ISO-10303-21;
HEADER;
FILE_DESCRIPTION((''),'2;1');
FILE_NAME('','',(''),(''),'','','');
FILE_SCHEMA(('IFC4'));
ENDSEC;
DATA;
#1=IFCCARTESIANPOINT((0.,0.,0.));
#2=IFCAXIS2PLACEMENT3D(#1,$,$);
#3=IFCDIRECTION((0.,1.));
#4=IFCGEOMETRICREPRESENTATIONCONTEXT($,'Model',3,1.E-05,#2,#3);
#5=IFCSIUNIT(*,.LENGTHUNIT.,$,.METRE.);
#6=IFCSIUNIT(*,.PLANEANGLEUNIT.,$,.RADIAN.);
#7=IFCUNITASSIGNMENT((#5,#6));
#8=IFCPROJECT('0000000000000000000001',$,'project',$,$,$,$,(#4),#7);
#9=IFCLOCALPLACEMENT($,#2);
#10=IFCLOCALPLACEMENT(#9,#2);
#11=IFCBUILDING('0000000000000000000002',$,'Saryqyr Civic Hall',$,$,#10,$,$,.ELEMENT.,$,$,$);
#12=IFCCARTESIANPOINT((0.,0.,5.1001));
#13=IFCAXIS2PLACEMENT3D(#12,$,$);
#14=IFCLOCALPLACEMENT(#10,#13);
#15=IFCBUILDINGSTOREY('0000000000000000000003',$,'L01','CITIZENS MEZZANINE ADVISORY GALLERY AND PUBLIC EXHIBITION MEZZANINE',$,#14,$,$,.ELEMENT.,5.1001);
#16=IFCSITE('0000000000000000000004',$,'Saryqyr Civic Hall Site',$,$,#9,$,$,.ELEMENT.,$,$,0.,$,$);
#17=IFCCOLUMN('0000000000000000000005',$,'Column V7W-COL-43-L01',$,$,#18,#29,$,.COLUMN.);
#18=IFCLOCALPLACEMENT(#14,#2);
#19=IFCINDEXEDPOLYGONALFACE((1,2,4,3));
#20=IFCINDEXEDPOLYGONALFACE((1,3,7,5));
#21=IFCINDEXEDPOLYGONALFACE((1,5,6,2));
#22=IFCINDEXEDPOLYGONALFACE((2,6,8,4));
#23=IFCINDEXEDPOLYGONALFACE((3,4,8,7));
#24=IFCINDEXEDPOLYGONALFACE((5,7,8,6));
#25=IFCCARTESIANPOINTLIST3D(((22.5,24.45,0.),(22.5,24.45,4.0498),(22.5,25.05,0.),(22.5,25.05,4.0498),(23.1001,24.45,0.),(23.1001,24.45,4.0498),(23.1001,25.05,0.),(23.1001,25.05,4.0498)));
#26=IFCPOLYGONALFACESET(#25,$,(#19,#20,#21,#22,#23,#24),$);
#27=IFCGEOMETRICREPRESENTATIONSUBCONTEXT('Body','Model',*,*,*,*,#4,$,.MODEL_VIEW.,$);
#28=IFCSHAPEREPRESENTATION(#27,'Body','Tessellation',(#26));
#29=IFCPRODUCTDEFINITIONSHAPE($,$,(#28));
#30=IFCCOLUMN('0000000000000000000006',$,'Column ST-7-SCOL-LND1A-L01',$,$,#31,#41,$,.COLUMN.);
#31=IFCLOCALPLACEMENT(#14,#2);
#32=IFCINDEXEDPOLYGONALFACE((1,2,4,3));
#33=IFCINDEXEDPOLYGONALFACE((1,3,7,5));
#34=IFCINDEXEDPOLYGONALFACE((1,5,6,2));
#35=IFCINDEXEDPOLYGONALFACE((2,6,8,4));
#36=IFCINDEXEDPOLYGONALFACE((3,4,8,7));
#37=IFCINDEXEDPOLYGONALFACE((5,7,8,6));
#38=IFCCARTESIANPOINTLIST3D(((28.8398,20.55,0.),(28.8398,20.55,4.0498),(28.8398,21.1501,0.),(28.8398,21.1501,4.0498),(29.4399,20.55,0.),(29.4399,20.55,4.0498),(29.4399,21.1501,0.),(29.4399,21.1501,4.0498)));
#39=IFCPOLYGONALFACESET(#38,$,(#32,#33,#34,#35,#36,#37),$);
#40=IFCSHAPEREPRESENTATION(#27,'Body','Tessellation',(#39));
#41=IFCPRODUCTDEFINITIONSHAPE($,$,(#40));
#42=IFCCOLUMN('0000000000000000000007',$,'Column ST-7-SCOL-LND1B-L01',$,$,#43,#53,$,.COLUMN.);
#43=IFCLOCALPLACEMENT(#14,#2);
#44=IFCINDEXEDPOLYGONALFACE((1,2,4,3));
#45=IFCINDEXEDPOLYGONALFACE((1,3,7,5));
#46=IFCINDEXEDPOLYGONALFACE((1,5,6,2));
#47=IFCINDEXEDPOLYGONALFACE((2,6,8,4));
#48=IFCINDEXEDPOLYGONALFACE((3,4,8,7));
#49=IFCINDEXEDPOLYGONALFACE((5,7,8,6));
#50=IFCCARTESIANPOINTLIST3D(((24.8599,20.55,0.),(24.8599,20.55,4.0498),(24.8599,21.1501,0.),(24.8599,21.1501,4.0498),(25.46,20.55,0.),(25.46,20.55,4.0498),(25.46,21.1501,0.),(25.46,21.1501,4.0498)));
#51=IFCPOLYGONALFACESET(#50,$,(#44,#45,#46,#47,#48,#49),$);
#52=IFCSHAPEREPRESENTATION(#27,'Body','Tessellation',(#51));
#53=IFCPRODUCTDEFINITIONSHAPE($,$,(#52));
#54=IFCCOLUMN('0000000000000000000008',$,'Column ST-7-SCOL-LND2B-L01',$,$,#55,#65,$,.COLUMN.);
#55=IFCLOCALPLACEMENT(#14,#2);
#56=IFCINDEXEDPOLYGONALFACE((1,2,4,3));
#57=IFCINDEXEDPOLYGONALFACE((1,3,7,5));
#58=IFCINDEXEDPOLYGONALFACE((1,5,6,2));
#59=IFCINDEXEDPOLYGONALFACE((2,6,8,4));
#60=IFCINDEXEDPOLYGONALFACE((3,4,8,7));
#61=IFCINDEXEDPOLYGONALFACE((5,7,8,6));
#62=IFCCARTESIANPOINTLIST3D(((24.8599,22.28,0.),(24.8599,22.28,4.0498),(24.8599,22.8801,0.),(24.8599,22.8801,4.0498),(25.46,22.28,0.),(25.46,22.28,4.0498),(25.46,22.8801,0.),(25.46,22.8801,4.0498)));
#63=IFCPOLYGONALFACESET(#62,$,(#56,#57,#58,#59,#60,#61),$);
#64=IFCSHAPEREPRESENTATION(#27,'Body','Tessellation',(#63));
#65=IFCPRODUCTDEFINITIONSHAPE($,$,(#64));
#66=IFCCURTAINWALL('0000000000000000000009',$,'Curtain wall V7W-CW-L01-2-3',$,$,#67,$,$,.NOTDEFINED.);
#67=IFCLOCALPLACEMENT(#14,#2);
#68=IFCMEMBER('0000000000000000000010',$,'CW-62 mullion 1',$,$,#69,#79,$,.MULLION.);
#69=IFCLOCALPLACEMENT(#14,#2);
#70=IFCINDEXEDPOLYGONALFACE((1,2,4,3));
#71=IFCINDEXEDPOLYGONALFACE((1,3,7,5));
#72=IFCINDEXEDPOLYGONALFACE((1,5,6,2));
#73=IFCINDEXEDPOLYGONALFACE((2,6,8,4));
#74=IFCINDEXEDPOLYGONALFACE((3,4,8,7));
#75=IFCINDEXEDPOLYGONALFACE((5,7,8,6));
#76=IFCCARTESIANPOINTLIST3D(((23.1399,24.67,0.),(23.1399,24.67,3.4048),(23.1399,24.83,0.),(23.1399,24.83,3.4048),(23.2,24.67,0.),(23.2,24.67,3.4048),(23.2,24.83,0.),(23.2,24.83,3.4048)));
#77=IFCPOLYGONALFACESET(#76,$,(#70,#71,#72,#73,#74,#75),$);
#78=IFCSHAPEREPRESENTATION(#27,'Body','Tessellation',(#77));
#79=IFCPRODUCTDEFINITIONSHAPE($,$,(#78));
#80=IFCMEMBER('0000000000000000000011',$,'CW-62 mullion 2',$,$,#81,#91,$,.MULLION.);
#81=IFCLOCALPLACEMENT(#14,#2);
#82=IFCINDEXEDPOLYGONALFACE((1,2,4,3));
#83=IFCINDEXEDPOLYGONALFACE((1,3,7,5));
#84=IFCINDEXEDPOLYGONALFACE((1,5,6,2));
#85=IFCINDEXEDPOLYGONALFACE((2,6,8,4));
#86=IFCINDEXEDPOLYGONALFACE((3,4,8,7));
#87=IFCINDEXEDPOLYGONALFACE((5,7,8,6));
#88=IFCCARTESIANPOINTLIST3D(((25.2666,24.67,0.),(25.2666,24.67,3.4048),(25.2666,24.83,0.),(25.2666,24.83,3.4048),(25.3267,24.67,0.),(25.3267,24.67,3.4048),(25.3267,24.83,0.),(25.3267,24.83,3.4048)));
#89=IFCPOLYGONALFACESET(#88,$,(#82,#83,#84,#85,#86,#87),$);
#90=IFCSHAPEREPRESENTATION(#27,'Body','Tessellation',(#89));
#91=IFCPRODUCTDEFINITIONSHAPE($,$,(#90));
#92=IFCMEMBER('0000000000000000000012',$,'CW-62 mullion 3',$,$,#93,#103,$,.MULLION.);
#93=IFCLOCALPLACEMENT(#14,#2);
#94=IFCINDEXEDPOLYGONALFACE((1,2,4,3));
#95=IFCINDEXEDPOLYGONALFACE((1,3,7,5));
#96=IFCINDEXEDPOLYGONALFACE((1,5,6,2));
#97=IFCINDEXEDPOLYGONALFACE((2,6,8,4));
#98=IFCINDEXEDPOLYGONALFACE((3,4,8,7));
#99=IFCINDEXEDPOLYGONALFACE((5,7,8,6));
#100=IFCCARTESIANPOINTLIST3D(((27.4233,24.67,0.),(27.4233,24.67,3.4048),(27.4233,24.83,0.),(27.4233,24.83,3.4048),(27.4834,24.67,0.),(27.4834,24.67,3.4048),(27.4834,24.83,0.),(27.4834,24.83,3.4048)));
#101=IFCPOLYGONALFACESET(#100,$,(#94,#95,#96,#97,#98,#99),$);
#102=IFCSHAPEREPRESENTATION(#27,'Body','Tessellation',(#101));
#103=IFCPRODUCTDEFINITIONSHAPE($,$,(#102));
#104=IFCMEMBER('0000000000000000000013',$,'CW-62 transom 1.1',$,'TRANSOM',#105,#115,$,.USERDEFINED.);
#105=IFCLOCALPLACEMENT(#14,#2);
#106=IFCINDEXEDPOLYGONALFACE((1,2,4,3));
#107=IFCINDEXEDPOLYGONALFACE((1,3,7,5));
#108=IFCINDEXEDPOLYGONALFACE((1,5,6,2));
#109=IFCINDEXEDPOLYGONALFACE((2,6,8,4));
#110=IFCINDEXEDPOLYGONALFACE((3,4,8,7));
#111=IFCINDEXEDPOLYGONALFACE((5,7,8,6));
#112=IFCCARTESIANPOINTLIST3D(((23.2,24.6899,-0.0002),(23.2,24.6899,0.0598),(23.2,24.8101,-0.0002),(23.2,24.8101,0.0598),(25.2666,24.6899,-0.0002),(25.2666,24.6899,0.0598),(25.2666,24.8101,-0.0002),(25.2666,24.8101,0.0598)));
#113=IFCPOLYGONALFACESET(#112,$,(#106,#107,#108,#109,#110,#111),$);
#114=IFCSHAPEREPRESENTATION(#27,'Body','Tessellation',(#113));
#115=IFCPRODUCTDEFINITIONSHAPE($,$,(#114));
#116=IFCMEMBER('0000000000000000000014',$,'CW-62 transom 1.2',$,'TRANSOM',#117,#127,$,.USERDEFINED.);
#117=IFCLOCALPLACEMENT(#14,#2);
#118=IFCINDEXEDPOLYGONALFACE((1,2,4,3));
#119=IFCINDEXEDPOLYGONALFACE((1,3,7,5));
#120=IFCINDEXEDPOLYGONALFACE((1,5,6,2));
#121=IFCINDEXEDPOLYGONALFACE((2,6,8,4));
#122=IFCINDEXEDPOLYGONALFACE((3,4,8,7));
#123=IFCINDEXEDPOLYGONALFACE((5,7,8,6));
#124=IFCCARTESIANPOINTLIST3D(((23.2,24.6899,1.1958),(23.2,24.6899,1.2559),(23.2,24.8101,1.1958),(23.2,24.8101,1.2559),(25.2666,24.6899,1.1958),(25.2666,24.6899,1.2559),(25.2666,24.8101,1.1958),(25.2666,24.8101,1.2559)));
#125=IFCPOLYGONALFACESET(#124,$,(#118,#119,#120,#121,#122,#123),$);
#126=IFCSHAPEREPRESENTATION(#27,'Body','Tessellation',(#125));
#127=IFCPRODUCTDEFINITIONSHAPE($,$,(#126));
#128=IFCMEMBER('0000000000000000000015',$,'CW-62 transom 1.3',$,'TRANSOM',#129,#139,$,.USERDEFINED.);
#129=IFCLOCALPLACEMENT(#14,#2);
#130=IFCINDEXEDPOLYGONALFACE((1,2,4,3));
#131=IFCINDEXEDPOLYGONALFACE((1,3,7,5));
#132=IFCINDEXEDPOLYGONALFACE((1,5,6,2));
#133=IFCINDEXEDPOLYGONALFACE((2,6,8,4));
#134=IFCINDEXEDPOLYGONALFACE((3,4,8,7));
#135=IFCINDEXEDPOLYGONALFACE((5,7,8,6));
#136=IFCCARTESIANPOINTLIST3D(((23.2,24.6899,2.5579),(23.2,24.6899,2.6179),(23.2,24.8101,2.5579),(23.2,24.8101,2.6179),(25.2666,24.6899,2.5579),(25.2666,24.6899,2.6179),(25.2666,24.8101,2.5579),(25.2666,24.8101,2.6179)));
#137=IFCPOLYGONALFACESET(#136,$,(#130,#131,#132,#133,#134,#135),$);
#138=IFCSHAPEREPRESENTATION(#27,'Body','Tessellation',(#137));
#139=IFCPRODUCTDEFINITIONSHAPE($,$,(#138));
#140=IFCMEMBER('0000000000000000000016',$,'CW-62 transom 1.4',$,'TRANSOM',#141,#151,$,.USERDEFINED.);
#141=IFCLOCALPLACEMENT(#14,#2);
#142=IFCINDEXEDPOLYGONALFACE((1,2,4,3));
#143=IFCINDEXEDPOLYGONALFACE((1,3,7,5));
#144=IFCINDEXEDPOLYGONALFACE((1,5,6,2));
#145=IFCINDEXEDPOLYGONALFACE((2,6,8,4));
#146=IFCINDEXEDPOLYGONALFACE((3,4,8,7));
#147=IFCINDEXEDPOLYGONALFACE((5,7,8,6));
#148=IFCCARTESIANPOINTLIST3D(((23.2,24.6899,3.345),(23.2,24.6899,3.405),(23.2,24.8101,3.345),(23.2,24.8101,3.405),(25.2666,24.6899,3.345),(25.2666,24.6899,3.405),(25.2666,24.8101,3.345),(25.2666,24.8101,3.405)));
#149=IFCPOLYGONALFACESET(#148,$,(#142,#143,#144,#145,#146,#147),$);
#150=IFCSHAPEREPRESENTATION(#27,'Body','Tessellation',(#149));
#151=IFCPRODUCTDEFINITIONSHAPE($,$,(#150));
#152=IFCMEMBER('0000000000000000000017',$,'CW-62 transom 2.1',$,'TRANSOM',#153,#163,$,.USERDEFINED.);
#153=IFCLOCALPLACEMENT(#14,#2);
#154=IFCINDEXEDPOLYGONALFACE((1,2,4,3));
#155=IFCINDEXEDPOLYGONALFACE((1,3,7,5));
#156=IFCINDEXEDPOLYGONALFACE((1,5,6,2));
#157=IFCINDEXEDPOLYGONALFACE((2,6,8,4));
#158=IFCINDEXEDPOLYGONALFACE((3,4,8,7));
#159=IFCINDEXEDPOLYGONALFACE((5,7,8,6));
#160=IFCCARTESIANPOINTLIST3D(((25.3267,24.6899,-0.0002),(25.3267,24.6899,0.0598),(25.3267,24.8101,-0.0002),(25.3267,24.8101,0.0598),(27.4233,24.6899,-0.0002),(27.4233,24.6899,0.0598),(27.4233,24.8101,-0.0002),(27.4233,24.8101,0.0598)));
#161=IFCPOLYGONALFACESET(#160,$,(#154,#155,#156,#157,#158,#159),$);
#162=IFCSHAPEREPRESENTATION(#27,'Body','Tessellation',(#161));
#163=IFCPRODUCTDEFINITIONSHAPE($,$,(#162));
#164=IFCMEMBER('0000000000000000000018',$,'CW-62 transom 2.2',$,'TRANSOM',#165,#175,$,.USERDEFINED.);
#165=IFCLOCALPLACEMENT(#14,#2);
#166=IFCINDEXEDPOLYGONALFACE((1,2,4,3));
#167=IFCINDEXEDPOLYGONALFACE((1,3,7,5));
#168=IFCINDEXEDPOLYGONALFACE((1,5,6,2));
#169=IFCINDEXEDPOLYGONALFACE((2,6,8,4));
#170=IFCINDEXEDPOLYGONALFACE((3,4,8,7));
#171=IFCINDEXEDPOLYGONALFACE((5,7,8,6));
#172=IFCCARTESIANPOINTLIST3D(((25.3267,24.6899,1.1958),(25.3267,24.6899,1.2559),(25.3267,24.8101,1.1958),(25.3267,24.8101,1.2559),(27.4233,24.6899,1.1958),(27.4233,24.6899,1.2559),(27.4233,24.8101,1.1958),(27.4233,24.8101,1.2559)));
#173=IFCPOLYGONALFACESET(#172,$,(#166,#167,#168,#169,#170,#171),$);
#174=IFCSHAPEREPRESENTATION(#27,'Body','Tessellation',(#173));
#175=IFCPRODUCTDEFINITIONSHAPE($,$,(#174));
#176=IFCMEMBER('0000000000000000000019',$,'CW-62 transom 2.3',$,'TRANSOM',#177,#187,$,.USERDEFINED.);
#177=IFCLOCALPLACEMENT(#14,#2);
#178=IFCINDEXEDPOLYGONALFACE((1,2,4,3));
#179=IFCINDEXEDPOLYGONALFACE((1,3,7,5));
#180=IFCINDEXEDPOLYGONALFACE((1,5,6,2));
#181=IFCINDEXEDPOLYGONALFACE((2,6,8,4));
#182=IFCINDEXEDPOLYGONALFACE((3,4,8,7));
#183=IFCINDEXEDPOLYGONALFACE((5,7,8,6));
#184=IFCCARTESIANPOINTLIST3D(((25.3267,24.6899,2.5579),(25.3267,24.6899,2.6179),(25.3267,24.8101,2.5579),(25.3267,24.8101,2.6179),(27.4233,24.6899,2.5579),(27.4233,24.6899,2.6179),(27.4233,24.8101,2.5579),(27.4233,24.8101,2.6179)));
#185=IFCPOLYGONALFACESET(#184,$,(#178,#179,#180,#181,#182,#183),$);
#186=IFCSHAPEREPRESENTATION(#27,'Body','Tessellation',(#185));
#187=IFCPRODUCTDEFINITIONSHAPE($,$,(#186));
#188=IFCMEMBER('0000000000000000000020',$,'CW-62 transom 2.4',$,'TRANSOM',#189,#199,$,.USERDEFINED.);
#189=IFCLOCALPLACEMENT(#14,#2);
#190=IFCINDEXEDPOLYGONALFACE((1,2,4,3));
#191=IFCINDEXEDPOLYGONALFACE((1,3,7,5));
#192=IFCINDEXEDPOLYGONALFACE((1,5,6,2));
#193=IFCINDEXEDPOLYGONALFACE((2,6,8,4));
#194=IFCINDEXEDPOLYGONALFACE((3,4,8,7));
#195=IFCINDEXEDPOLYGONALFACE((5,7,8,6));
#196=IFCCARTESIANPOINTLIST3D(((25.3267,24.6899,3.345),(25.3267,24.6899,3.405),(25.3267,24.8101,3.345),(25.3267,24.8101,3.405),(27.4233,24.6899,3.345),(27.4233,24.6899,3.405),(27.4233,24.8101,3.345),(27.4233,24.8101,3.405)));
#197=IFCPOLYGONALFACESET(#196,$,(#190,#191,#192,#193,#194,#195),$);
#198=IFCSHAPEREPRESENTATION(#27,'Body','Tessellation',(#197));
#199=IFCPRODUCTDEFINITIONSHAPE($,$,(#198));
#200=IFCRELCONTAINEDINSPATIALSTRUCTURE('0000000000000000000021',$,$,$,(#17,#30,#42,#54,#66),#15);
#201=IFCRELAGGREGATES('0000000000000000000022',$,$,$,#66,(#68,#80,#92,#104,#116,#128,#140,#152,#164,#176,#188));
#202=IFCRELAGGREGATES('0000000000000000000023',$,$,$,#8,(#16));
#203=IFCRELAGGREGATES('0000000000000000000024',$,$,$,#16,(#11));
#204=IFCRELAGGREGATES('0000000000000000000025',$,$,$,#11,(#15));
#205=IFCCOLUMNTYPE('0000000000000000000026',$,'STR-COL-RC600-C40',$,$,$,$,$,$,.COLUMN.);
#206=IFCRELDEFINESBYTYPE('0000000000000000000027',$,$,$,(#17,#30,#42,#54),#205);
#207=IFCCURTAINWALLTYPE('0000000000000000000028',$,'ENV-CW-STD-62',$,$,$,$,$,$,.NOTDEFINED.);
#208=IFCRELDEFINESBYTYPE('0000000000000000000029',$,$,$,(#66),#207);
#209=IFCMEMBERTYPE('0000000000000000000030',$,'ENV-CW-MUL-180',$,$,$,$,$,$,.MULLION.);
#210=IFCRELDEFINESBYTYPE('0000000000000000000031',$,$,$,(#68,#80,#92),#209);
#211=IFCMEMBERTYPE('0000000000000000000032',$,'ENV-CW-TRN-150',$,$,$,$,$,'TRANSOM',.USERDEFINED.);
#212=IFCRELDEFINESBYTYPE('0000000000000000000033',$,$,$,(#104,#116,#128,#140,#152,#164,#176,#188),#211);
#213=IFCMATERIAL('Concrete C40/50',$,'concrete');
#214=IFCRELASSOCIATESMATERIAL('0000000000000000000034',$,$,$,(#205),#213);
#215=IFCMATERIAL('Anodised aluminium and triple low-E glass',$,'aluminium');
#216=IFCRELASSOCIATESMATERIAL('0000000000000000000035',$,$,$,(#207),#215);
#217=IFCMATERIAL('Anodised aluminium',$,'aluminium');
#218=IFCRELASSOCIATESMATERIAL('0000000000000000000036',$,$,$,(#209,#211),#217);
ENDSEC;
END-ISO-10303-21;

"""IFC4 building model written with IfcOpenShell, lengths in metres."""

from ifc_helpers import new_model, si_unit, direction, frame, origin, origin_2d, place, context, subcontext, project, spatial, rectangle, extrude, material, material_profile, profile_set, type_object, element, aggregate, save


model = new_model("IFC4")

# Units and contexts
model_context = context("Model", 3, precision=1e-05, world=origin(), true_north=direction((0.0, 1.0)))
body_context = subcontext(model_context, "Body", "Model", "MODEL_VIEW")
ifc_project = project(units=[si_unit("LENGTHUNIT", "METRE"), si_unit("PLANEANGLEUNIT", "RADIAN")], contexts=[model_context])

# Site, building, storey
site_placement = place(None, origin())
site = spatial("IfcSite", under=ifc_project, at=site_placement, Name="Saryqyr Civic Hall Site", CompositionType="ELEMENT", RefElevation=0.0)
building_placement = place(site_placement, origin())
building = spatial("IfcBuilding", under=site, at=building_placement, Name="Saryqyr Civic Hall", CompositionType="ELEMENT")
storey_placement = place(building_placement, frame((0.0, 0.0, 5.1001)))
storey = spatial("IfcBuildingStorey", under=building, at=storey_placement, Name="L01", Description="CITIZENS MEZZANINE ADVISORY GALLERY AND PUBLIC EXHIBITION MEZZANINE", CompositionType="ELEMENT", Elevation=5.1001)

# Columns
ifc_material_1 = material(Name="Concrete C40/50", Category="concrete")
ifc_material_profile_1 = material_profile(ifc_material_1, rectangle(XDim=0.6001, YDim=0.6001, at=origin_2d()), Name="RC 600x600")
ifc_profile_set_1 = profile_set([ifc_material_profile_1], Name="Concrete C40/50")
column_type = type_object("IfcColumnType", Name="STR-COL-RC600-C40", PredefinedType="COLUMN", material=ifc_profile_set_1)
for number, where, z_axis, x_axis, name in (
    (1, (22.8, 24.75, 0.0), (0.0, 0.0, 1.0), (1.0, 0.0, 0.0), "Column V7W-COL-43-L01"),
    (2, (29.1399, 20.8501, 0.0), (0.0, 0.0, 1.0), (1.0, 0.0, 0.0), "Column ST-7-SCOL-LND1A-L01"),
    (3, (25.1599, 20.8501, 0.0), (0.0, 0.0, 1.0), (1.0, 0.0, 0.0), "Column ST-7-SCOL-LND1B-L01"),
    (4, (25.1599, 22.5801, 0.0), (0.0, 0.0, 1.0), (1.0, 0.0, 0.0), "Column ST-7-SCOL-LND2B-L01"),
):
    element("IfcColumn", number, at=place(storey_placement, frame(where, z_axis=z_axis, x_axis=x_axis)), inside=storey, type_object=column_type, Name=name, PredefinedType="COLUMN", context=body_context, shape_type="SweptSolid", body=[
        extrude(rectangle(XDim=0.6001, YDim=0.6001, at=origin_2d()), origin(), (0.0, 0.0, 1.0), 4.0498),
    ])

# Curtain wall, members
ifc_material_2 = material(Name="Anodised aluminium and triple low-E glass", Category="aluminium")
curtain_wall_type = type_object("IfcCurtainWallType", Name="ENV-CW-STD-62", PredefinedType="NOTDEFINED", material=ifc_material_2)
curtain_wall_placement = place(storey_placement, origin())
curtain_wall = element("IfcCurtainWall", 5, at=curtain_wall_placement, inside=storey, type_object=curtain_wall_type, Name="Curtain wall V7W-CW-L01-2-3", PredefinedType="NOTDEFINED")
ifc_material_3 = material(Name="Anodised aluminium", Category="aluminium")
ifc_material_profile_2 = material_profile(ifc_material_3, rectangle(XDim=0.0601, YDim=0.1599, at=origin_2d()), Name="ALU MULLION 60x160")
ifc_profile_set_2 = profile_set([ifc_material_profile_2], Name="Anodised aluminium")
member_type_1 = type_object("IfcMemberType", Name="ENV-CW-MUL-180", PredefinedType="MULLION", material=ifc_profile_set_2)
member_1_placement = place(storey_placement, frame((23.1699, 24.75, 0.0), z_axis=(0.0, 0.0, 1.0), x_axis=(1.0, 0.0, 0.0)))
member_1 = element("IfcMember", 6, at=member_1_placement, type_object=member_type_1, Name="CW-62 mullion 1", PredefinedType="MULLION", context=body_context, shape_type="SweptSolid", body=[
    extrude(rectangle(XDim=0.0601, YDim=0.1599, at=origin_2d()), origin(), (0.0, 0.0, 1.0), 3.4048),
])
member_2_placement = place(storey_placement, frame((25.2966, 24.75, 0.0), z_axis=(0.0, 0.0, 1.0), x_axis=(1.0, 0.0, 0.0)))
member_2 = element("IfcMember", 7, at=member_2_placement, type_object=member_type_1, Name="CW-62 mullion 2", PredefinedType="MULLION", context=body_context, shape_type="SweptSolid", body=[
    extrude(rectangle(XDim=0.0601, YDim=0.1599, at=origin_2d()), origin(), (0.0, 0.0, 1.0), 3.4048),
])
member_3_placement = place(storey_placement, frame((27.4534, 24.75, 0.0), z_axis=(0.0, 0.0, 1.0), x_axis=(1.0, 0.0, 0.0)))
member_3 = element("IfcMember", 8, at=member_3_placement, type_object=member_type_1, Name="CW-62 mullion 3", PredefinedType="MULLION", context=body_context, shape_type="SweptSolid", body=[
    extrude(rectangle(XDim=0.0601, YDim=0.1599, at=origin_2d()), origin(), (0.0, 0.0, 1.0), 3.4048),
])
ifc_material_profile_3 = material_profile(ifc_material_3, rectangle(XDim=0.1201, YDim=0.0601, at=origin_2d()), Name="ALU TRANSOM 120x60")
ifc_profile_set_3 = profile_set([ifc_material_profile_3], Name="Anodised aluminium")
member_type_2 = type_object("IfcMemberType", Name="ENV-CW-TRN-150", ElementType="TRANSOM", PredefinedType="USERDEFINED", material=ifc_profile_set_3)
member_4_placement = place(storey_placement, frame((23.2, 24.75, 0.0298), z_axis=(1.0, 0.0, 0.0), x_axis=(0.0, 1.0, 0.0)))
member_4 = element("IfcMember", 9, at=member_4_placement, type_object=member_type_2, Name="CW-62 transom 1.1", ObjectType="TRANSOM", PredefinedType="USERDEFINED", context=body_context, shape_type="SweptSolid", body=[
    extrude(rectangle(XDim=0.1201, YDim=0.0601, at=origin_2d()), origin(), (0.0, 0.0, 1.0), 2.0667),
])
member_5_placement = place(storey_placement, frame((23.2, 24.75, 1.2258), z_axis=(1.0, 0.0, 0.0), x_axis=(0.0, 1.0, 0.0)))
member_5 = element("IfcMember", 10, at=member_5_placement, type_object=member_type_2, Name="CW-62 transom 1.2", ObjectType="TRANSOM", PredefinedType="USERDEFINED", context=body_context, shape_type="SweptSolid", body=[
    extrude(rectangle(XDim=0.1201, YDim=0.0601, at=origin_2d()), origin(), (0.0, 0.0, 1.0), 2.0667),
])
member_6_placement = place(storey_placement, frame((23.2, 24.75, 2.5879), z_axis=(1.0, 0.0, 0.0), x_axis=(0.0, 1.0, 0.0)))
member_6 = element("IfcMember", 11, at=member_6_placement, type_object=member_type_2, Name="CW-62 transom 1.3", ObjectType="TRANSOM", PredefinedType="USERDEFINED", context=body_context, shape_type="SweptSolid", body=[
    extrude(rectangle(XDim=0.1201, YDim=0.0601, at=origin_2d()), origin(), (0.0, 0.0, 1.0), 2.0667),
])
member_7_placement = place(storey_placement, frame((23.2, 24.75, 3.375), z_axis=(1.0, 0.0, 0.0), x_axis=(0.0, 1.0, 0.0)))
member_7 = element("IfcMember", 12, at=member_7_placement, type_object=member_type_2, Name="CW-62 transom 1.4", ObjectType="TRANSOM", PredefinedType="USERDEFINED", context=body_context, shape_type="SweptSolid", body=[
    extrude(rectangle(XDim=0.1201, YDim=0.0601, at=origin_2d()), origin(), (0.0, 0.0, 1.0), 2.0667),
])
member_8_placement = place(storey_placement, frame((25.3267, 24.75, 0.0298), z_axis=(1.0, 0.0, 0.0), x_axis=(0.0, 1.0, 0.0)))
member_8 = element("IfcMember", 13, at=member_8_placement, type_object=member_type_2, Name="CW-62 transom 2.1", ObjectType="TRANSOM", PredefinedType="USERDEFINED", context=body_context, shape_type="SweptSolid", body=[
    extrude(rectangle(XDim=0.1201, YDim=0.0601, at=origin_2d()), origin(), (0.0, 0.0, 1.0), 2.0967),
])
member_9_placement = place(storey_placement, frame((25.3267, 24.75, 1.2258), z_axis=(1.0, 0.0, 0.0), x_axis=(0.0, 1.0, 0.0)))
member_9 = element("IfcMember", 14, at=member_9_placement, type_object=member_type_2, Name="CW-62 transom 2.2", ObjectType="TRANSOM", PredefinedType="USERDEFINED", context=body_context, shape_type="SweptSolid", body=[
    extrude(rectangle(XDim=0.1201, YDim=0.0601, at=origin_2d()), origin(), (0.0, 0.0, 1.0), 2.0967),
])
member_10_placement = place(storey_placement, frame((25.3267, 24.75, 2.5879), z_axis=(1.0, 0.0, 0.0), x_axis=(0.0, 1.0, 0.0)))
member_10 = element("IfcMember", 15, at=member_10_placement, type_object=member_type_2, Name="CW-62 transom 2.3", ObjectType="TRANSOM", PredefinedType="USERDEFINED", context=body_context, shape_type="SweptSolid", body=[
    extrude(rectangle(XDim=0.1201, YDim=0.0601, at=origin_2d()), origin(), (0.0, 0.0, 1.0), 2.0967),
])
member_11_placement = place(storey_placement, frame((25.3267, 24.75, 3.375), z_axis=(1.0, 0.0, 0.0), x_axis=(0.0, 1.0, 0.0)))
member_11 = element("IfcMember", 16, at=member_11_placement, type_object=member_type_2, Name="CW-62 transom 2.4", ObjectType="TRANSOM", PredefinedType="USERDEFINED", context=body_context, shape_type="SweptSolid", body=[
    extrude(rectangle(XDim=0.1201, YDim=0.0601, at=origin_2d()), origin(), (0.0, 0.0, 1.0), 2.0967),
])

aggregate(curtain_wall, [member_1, member_2, member_3, member_4, member_5, member_6, member_7, member_8, member_9, member_10, member_11])

save(model, "model.ifc")
